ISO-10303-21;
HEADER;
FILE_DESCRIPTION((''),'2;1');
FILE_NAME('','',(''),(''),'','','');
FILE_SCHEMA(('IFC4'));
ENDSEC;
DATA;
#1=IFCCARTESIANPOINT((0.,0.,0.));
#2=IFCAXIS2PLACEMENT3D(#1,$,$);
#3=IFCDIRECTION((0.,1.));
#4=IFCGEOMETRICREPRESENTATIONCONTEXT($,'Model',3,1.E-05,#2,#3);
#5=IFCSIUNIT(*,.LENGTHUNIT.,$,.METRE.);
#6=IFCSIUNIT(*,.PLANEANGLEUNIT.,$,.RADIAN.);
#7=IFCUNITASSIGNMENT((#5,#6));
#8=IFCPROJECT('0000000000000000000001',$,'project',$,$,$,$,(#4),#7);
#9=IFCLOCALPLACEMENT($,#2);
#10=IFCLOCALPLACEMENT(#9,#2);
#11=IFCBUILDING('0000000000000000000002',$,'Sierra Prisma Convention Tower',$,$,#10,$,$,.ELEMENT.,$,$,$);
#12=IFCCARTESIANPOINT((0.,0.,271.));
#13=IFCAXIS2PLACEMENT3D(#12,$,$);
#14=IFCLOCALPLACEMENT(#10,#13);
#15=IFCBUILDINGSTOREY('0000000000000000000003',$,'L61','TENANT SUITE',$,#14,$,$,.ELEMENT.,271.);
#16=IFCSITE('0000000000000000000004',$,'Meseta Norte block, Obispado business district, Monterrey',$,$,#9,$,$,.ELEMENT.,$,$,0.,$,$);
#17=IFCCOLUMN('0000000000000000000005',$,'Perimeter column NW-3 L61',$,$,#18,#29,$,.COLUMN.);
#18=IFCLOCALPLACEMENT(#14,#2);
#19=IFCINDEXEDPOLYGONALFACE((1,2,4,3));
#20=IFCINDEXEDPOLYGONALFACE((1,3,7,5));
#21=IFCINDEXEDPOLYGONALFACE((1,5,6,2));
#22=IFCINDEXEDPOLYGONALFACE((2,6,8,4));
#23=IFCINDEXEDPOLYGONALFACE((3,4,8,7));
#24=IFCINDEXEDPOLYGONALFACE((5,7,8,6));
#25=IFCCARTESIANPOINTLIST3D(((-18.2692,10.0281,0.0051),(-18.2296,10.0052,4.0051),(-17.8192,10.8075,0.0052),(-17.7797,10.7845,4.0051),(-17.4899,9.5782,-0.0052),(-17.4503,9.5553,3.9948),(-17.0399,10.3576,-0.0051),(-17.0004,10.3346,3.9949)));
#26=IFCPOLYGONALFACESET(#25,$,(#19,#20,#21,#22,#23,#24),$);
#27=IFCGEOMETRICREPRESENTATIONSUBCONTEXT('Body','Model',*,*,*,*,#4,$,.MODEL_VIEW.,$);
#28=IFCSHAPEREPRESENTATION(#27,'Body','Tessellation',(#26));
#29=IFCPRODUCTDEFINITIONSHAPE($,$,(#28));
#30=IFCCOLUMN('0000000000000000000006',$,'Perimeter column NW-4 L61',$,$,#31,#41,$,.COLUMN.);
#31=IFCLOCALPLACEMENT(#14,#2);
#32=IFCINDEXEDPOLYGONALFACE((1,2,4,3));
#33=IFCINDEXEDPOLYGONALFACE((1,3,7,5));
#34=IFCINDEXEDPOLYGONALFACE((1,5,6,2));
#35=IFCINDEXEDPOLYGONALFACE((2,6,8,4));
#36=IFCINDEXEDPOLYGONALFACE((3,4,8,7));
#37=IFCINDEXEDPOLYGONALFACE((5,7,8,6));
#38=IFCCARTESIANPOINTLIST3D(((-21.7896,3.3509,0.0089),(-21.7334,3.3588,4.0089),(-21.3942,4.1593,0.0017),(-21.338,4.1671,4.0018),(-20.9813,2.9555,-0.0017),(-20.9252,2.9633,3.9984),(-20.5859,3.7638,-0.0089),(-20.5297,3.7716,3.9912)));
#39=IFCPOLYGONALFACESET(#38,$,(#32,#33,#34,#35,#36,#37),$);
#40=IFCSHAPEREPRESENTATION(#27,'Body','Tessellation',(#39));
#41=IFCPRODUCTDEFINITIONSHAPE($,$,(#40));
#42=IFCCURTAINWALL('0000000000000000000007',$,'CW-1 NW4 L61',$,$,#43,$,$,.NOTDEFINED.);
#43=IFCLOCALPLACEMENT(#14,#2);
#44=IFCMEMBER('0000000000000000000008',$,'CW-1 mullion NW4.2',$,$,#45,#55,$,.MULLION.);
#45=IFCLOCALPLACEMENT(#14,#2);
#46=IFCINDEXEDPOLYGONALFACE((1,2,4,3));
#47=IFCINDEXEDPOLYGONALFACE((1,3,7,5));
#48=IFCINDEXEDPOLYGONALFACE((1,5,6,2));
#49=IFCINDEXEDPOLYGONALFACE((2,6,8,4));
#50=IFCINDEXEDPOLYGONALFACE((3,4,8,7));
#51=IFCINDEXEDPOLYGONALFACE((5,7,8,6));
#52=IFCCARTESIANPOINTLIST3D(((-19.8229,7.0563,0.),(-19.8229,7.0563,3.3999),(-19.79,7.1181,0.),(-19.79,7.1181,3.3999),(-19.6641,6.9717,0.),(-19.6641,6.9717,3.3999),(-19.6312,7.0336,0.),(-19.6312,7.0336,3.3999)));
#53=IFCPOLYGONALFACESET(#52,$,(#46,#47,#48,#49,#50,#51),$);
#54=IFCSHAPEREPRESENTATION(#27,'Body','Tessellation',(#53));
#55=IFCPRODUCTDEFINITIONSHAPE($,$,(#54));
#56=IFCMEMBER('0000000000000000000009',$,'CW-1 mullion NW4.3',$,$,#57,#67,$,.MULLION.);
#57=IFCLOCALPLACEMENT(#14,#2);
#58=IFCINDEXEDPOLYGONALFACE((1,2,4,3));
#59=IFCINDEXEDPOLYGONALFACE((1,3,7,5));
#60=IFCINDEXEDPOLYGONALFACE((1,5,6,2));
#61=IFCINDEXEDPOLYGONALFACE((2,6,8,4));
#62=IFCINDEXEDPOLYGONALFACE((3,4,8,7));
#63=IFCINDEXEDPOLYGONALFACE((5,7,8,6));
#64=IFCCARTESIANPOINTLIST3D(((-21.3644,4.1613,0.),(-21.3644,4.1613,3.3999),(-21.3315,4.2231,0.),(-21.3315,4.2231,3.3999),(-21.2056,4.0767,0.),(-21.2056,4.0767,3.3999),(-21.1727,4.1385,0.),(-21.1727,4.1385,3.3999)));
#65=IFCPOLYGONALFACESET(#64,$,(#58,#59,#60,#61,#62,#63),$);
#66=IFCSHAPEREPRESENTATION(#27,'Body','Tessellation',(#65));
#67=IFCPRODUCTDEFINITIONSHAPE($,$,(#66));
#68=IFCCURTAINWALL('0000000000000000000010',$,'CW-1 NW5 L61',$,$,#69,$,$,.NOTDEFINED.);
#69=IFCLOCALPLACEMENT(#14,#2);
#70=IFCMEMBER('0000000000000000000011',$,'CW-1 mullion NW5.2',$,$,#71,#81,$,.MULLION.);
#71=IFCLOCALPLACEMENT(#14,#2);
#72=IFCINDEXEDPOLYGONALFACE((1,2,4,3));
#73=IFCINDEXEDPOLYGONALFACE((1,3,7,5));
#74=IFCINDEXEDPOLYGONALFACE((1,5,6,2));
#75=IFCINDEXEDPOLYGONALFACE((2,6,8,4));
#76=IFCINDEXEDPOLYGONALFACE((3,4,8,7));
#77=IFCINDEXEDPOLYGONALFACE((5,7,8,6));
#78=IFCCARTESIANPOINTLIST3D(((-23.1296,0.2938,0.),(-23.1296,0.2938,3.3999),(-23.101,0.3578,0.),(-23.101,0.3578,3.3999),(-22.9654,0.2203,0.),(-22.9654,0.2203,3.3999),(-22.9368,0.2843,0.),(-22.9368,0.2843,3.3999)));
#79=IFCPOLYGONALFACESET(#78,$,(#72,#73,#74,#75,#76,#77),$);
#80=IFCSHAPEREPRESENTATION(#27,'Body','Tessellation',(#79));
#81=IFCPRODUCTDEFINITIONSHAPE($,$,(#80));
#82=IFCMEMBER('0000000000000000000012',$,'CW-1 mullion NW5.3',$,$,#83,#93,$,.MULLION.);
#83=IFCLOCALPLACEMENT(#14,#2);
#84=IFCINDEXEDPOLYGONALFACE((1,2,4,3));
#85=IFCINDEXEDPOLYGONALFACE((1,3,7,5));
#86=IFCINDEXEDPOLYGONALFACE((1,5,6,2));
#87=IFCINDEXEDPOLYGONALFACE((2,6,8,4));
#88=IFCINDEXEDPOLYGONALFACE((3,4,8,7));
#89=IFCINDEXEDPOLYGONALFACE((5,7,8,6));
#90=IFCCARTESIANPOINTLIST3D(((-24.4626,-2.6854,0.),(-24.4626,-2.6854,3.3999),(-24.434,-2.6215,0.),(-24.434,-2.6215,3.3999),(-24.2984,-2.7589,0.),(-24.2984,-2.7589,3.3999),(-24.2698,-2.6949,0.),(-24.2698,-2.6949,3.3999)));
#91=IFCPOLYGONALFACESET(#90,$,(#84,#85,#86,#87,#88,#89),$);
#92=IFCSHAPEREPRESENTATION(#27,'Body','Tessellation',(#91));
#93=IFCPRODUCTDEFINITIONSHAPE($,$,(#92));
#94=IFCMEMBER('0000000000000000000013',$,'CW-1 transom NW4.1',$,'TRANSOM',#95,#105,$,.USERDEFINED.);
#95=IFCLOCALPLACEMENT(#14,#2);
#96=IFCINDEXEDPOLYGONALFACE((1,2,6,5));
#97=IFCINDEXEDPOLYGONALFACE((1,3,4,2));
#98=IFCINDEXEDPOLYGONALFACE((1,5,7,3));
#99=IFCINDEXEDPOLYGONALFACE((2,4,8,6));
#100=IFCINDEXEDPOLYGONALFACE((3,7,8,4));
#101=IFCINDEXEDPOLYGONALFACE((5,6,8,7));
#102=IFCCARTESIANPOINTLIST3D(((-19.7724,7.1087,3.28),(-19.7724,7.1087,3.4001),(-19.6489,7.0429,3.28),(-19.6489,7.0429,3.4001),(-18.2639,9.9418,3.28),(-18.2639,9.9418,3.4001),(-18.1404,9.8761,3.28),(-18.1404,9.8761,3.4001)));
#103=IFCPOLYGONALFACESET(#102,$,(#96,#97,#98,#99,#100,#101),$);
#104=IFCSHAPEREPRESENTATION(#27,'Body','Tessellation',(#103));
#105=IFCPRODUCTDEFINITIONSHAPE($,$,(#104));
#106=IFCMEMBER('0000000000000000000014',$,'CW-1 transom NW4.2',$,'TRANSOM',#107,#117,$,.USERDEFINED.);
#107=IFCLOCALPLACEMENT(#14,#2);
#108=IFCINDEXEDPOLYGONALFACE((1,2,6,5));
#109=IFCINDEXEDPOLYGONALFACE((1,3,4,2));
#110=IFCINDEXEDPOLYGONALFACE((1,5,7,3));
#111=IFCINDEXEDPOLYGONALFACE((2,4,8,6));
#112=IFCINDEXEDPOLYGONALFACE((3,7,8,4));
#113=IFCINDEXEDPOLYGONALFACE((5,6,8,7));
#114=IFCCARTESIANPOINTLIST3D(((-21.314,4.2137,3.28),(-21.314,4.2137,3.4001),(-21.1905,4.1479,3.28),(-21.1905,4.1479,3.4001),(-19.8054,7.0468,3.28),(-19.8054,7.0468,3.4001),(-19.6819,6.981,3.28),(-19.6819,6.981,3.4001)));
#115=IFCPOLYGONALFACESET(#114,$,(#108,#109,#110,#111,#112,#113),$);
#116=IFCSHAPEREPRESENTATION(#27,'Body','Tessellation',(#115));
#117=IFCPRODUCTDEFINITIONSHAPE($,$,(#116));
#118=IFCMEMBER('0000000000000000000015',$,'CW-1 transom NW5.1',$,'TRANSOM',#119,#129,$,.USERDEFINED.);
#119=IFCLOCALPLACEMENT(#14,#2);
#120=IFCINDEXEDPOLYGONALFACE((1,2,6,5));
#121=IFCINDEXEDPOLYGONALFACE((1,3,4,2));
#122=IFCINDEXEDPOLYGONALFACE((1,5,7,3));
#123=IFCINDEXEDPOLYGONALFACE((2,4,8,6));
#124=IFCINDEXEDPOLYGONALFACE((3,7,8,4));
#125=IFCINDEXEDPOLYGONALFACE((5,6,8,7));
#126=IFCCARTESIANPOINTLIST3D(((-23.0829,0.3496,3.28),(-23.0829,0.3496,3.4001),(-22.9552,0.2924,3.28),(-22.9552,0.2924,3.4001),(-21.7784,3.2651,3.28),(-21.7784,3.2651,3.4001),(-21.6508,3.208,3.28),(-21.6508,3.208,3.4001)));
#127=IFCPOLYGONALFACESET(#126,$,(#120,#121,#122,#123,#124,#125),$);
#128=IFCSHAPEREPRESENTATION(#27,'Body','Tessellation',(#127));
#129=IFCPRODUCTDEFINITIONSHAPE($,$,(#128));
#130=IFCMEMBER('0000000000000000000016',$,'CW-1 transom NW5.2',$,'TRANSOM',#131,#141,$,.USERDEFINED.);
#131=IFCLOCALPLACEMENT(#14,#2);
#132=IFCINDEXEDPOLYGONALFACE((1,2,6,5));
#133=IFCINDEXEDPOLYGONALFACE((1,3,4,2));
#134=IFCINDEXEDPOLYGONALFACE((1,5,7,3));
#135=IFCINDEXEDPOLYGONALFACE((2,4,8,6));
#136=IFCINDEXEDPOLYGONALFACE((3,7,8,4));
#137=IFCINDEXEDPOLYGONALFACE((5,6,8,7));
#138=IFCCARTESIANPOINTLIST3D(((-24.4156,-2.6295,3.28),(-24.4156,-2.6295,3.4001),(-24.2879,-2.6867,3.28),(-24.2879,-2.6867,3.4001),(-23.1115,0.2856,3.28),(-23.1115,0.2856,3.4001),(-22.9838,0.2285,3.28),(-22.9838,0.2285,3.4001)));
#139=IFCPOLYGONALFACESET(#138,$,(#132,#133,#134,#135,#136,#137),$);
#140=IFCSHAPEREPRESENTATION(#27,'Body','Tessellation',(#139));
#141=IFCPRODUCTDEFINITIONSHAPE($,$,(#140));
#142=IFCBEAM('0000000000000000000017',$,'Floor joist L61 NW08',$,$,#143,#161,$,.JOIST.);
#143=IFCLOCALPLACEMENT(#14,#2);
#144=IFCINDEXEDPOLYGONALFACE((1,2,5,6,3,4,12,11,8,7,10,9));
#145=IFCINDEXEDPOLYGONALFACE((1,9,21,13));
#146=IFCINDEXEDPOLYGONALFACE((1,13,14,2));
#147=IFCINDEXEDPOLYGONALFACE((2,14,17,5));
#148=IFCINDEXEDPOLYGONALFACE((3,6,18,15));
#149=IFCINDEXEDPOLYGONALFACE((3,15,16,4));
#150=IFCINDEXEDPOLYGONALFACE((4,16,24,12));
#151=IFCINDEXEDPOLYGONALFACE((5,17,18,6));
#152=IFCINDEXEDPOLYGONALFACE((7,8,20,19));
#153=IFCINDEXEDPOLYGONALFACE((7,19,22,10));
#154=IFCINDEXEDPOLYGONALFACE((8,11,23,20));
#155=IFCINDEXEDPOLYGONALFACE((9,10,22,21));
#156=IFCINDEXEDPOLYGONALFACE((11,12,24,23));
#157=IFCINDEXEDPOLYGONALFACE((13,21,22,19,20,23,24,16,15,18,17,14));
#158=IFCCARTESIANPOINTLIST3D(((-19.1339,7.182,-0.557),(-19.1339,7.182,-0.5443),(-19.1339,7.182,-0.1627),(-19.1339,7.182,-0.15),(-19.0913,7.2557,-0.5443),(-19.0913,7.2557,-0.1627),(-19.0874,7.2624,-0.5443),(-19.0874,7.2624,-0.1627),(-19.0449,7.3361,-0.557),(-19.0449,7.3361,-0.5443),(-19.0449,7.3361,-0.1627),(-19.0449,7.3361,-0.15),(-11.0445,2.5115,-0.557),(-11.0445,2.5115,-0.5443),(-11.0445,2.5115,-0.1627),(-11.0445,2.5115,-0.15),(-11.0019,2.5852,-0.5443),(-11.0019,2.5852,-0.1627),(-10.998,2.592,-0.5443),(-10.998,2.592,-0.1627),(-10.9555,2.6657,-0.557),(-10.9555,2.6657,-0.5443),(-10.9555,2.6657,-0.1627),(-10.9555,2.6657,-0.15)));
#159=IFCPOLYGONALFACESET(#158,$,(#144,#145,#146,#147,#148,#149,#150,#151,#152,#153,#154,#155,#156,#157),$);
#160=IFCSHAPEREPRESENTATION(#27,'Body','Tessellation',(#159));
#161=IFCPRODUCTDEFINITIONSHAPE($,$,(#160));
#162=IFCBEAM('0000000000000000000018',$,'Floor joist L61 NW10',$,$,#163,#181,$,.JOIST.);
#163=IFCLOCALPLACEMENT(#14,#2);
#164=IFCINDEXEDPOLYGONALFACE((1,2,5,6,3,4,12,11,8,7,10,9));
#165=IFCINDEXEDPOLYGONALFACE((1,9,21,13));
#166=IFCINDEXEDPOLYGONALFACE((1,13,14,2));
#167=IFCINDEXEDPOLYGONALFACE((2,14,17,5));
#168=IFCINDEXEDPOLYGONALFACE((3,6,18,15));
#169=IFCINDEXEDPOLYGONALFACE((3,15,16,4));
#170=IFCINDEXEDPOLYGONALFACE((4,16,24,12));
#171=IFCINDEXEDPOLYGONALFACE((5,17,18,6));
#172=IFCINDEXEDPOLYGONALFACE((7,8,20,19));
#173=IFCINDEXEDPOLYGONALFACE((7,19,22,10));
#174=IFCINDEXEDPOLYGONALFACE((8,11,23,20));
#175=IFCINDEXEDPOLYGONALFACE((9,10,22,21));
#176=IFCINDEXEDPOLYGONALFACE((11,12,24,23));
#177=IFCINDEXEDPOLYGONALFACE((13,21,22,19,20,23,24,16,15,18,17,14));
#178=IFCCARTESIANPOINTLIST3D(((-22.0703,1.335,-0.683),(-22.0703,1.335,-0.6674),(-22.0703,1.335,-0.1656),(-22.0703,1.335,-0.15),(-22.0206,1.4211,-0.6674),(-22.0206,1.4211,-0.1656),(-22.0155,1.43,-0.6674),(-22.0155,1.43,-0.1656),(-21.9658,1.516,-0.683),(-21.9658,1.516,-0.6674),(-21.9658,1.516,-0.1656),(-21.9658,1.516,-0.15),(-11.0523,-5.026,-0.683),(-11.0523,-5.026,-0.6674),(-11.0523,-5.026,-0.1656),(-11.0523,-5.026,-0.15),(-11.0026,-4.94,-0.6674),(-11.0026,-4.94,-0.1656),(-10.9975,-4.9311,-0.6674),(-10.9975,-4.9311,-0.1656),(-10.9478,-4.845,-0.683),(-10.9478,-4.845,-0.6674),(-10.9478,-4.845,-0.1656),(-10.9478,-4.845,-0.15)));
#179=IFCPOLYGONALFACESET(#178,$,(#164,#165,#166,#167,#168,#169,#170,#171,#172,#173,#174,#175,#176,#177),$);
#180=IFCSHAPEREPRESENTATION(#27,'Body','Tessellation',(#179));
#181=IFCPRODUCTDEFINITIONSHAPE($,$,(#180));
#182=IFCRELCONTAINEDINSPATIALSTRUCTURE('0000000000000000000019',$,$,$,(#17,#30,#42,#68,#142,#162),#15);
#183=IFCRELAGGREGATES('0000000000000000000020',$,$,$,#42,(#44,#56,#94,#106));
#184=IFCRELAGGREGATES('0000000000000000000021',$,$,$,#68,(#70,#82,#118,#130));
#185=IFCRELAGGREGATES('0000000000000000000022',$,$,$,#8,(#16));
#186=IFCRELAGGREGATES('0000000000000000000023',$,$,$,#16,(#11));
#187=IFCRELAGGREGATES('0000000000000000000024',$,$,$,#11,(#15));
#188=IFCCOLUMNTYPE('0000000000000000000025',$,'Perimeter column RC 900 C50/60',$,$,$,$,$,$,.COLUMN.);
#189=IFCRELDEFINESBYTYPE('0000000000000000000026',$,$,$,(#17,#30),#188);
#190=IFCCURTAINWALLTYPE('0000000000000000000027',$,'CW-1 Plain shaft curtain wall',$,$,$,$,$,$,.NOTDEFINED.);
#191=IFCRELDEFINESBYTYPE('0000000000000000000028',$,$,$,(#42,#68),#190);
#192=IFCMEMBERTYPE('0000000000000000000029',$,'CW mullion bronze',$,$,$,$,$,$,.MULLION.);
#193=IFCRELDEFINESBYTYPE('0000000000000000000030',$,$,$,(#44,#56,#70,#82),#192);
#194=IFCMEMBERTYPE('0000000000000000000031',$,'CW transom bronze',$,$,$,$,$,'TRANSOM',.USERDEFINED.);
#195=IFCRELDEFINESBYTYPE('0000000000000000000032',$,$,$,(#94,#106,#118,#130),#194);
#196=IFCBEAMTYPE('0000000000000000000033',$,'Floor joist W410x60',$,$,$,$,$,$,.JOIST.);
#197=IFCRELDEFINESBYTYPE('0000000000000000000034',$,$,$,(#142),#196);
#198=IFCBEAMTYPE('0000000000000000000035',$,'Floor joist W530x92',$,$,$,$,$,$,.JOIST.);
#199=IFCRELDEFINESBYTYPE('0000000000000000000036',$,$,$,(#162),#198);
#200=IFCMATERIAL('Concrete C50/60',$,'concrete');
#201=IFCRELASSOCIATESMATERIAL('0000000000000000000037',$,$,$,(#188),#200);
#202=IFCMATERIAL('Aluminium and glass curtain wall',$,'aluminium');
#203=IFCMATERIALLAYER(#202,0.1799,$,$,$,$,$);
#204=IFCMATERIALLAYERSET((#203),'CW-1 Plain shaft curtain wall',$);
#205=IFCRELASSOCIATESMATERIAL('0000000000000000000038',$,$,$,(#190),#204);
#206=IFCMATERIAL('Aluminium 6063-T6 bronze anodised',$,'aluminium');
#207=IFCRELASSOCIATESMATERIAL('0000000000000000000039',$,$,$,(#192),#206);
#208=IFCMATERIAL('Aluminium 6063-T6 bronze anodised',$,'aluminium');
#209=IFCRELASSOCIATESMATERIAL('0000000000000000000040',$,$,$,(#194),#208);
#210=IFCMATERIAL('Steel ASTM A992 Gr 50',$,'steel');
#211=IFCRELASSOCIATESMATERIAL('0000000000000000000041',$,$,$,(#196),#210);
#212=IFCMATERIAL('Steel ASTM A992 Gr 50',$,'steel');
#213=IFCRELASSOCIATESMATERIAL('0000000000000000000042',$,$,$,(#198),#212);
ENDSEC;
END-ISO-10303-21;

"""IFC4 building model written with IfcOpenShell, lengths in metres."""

from ifc_helpers import new_model, si_unit, direction, frame, origin, origin_2d, place, context, subcontext, project, spatial, rectangle, i_section, extrude, material, layer, layer_set, material_profile, profile_set, type_object, element, aggregate, save


model = new_model("IFC4")

# Units and contexts
model_context = context("Model", 3, precision=1e-05, world=origin(), true_north=direction((0.0, 1.0)))
body_context = subcontext(model_context, "Body", "Model", "MODEL_VIEW")
ifc_project = project(units=[si_unit("LENGTHUNIT", "METRE"), si_unit("PLANEANGLEUNIT", "RADIAN")], contexts=[model_context])

# Site, building, storey
site_placement = place(None, origin())
site = spatial("IfcSite", under=ifc_project, at=site_placement, Name="Meseta Norte block, Obispado business district, Monterrey", CompositionType="ELEMENT", RefElevation=0.0)
building_placement = place(site_placement, origin())
building = spatial("IfcBuilding", under=site, at=building_placement, Name="Sierra Prisma Convention Tower", CompositionType="ELEMENT")
storey_placement = place(building_placement, frame((0.0, 0.0, 271.0)))
storey = spatial("IfcBuildingStorey", under=building, at=storey_placement, Name="L61", Description="TENANT SUITE", CompositionType="ELEMENT", Elevation=271.0)

# Columns
ifc_material_1 = material(Name="Concrete C50/60", Category="concrete")
ifc_material_profile_1 = material_profile(ifc_material_1, rectangle(XDim=0.8999, YDim=0.8999, at=origin_2d()), Name="Perimeter column RC 900 C50/60")
ifc_profile_set_1 = profile_set([ifc_material_profile_1], Name="Concrete C50/60")
column_type = type_object("IfcColumnType", Name="Perimeter column RC 900 C50/60", PredefinedType="COLUMN", material=ifc_profile_set_1)
column_1_placement = place(storey_placement, frame((-17.6545, 10.1929, 0.0), z_axis=(0.009887, -0.005737, 0.999935), x_axis=(0.499976, 0.86604, 0.000025)))
element("IfcColumn", 1, at=column_1_placement, inside=storey, type_object=column_type, Name="Perimeter column NW-3 L61", PredefinedType="COLUMN", context=body_context, shape_type="SweptSolid", body=[
    extrude(rectangle(XDim=0.8999, YDim=0.8999, at=origin_2d()), origin(), (0.0, 0.0, 1.0), 4.0002),
])
column_2_placement = place(storey_placement, frame((-21.1877, 3.5574, 0.0), z_axis=(0.014037, 0.001953, 0.9999), x_axis=(0.43941, 0.898252, -0.007923)))
element("IfcColumn", 2, at=column_2_placement, inside=storey, type_object=column_type, Name="Perimeter column NW-4 L61", PredefinedType="COLUMN", context=body_context, shape_type="SweptSolid", body=[
    extrude(rectangle(XDim=0.8999, YDim=0.8999, at=origin_2d()), origin(), (0.0, 0.0, 1.0), 4.0005),
])

# Curtain walls, members
ifc_material_2 = material(Name="Aluminium and glass curtain wall", Category="aluminium")
ifc_layer_1 = layer(ifc_material_2, 0.1799)
ifc_layer_set_1 = layer_set([ifc_layer_1], Name="CW-1 Plain shaft curtain wall")
curtain_wall_type = type_object("IfcCurtainWallType", Name="CW-1 Plain shaft curtain wall", PredefinedType="NOTDEFINED", material=ifc_layer_set_1)
curtain_wall_1_placement = place(storey_placement, origin())
curtain_wall_1 = element("IfcCurtainWall", 3, at=curtain_wall_1_placement, inside=storey, type_object=curtain_wall_type, Name="CW-1 NW4 L61", PredefinedType="NOTDEFINED")
ifc_material_3 = material(Name="Aluminium 6063-T6 bronze anodised", Category="aluminium")
ifc_material_profile_2 = material_profile(ifc_material_3, rectangle(XDim=0.1799, YDim=0.0701, at=origin_2d()), Name="ALU MULLION 70x180")
ifc_profile_set_2 = profile_set([ifc_material_profile_2], Name="Aluminium 6063-T6 bronze anodised")
member_type_1 = type_object("IfcMemberType", Name="CW mullion bronze", PredefinedType="MULLION", material=ifc_profile_set_2)
member_1_placement = place(storey_placement, frame((-19.7271, 7.0449, 0.0), z_axis=(0.0, 0.0, 1.0), x_axis=(0.882665, -0.470003, 0.0)))
member_1 = element("IfcMember", 4, at=member_1_placement, type_object=member_type_1, Name="CW-1 mullion NW4.2", PredefinedType="MULLION", context=body_context, shape_type="SweptSolid", body=[
    extrude(rectangle(XDim=0.1799, YDim=0.0701, at=origin_2d()), origin(), (0.0, 0.0, 1.0), 3.3999),
])
member_2_placement = place(storey_placement, frame((-21.2686, 4.1499, 0.0), z_axis=(0.0, 0.0, 1.0), x_axis=(0.882665, -0.470003, 0.0)))
member_2 = element("IfcMember", 5, at=member_2_placement, type_object=member_type_1, Name="CW-1 mullion NW4.3", PredefinedType="MULLION", context=body_context, shape_type="SweptSolid", body=[
    extrude(rectangle(XDim=0.1799, YDim=0.0701, at=origin_2d()), origin(), (0.0, 0.0, 1.0), 3.3999),
])
curtain_wall_2_placement = place(storey_placement, origin())
curtain_wall_2 = element("IfcCurtainWall", 6, at=curtain_wall_2_placement, inside=storey, type_object=curtain_wall_type, Name="CW-1 NW5 L61", PredefinedType="NOTDEFINED")
member_3_placement = place(storey_placement, frame((-23.0332, 0.2891, 0.0), z_axis=(0.0, 0.0, 1.0), x_axis=(0.912809, -0.408386, 0.0)))
member_3 = element("IfcMember", 7, at=member_3_placement, type_object=member_type_1, Name="CW-1 mullion NW5.2", PredefinedType="MULLION", context=body_context, shape_type="SweptSolid", body=[
    extrude(rectangle(XDim=0.1799, YDim=0.0701, at=origin_2d()), origin(), (0.0, 0.0, 1.0), 3.3999),
])
member_4_placement = place(storey_placement, frame((-24.3662, -2.6902, 0.0), z_axis=(0.0, 0.0, 1.0), x_axis=(0.912809, -0.408386, 0.0)))
member_4 = element("IfcMember", 8, at=member_4_placement, type_object=member_type_1, Name="CW-1 mullion NW5.3", PredefinedType="MULLION", context=body_context, shape_type="SweptSolid", body=[
    extrude(rectangle(XDim=0.1799, YDim=0.0701, at=origin_2d()), origin(), (0.0, 0.0, 1.0), 3.3999),
])

# Members
ifc_material_4 = material(Name="Aluminium 6063-T6 bronze anodised", Category="aluminium")
ifc_material_profile_3 = material_profile(ifc_material_4, rectangle(XDim=0.1399, YDim=0.1201, at=origin_2d()), Name="ALU TRANSOM 120x140")
ifc_profile_set_3 = profile_set([ifc_material_profile_3], Name="Aluminium 6063-T6 bronze anodised")
member_type_2 = type_object("IfcMemberType", Name="CW transom bronze", ElementType="TRANSOM", PredefinedType="USERDEFINED", material=ifc_profile_set_3)
member_5_placement = place(storey_placement, frame((-18.2021, 9.9089, 3.3401), z_axis=(-0.469976, -0.882679, 0.0), x_axis=(0.882679, -0.469976, 0.0)))
member_5 = element("IfcMember", 9, at=member_5_placement, type_object=member_type_2, Name="CW-1 transom NW4.1", ObjectType="TRANSOM", PredefinedType="USERDEFINED", context=body_context, shape_type="SweptSolid", body=[
    extrude(rectangle(XDim=0.1399, YDim=0.1201, at=origin_2d()), origin(), (0.0, 0.0, 1.0), 3.2097),
])
member_6_placement = place(storey_placement, frame((-19.7437, 7.0139, 3.3401), z_axis=(-0.470008, -0.882662, 0.0), x_axis=(0.882662, -0.470008, 0.0)))
member_6 = element("IfcMember", 10, at=member_6_placement, type_object=member_type_2, Name="CW-1 transom NW4.2", ObjectType="TRANSOM", PredefinedType="USERDEFINED", context=body_context, shape_type="SweptSolid", body=[
    extrude(rectangle(XDim=0.1399, YDim=0.1201, at=origin_2d()), origin(), (0.0, 0.0, 1.0), 3.2097),
])
member_7_placement = place(storey_placement, frame((-21.7146, 3.2366, 3.3401), z_axis=(-0.4084, -0.912803, 0.0), x_axis=(0.912803, -0.4084, 0.0)))
member_7 = element("IfcMember", 11, at=member_7_placement, type_object=member_type_2, Name="CW-1 transom NW5.1", ObjectType="TRANSOM", PredefinedType="USERDEFINED", context=body_context, shape_type="SweptSolid", body=[
    extrude(rectangle(XDim=0.1399, YDim=0.1201, at=origin_2d()), origin(), (0.0, 0.0, 1.0), 3.1941),
])
member_8_placement = place(storey_placement, frame((-23.0476, 0.2571, 3.3401), z_axis=(-0.408364, -0.912819, 0.0), x_axis=(0.912819, -0.408364, 0.0)))
member_8 = element("IfcMember", 12, at=member_8_placement, type_object=member_type_2, Name="CW-1 transom NW5.2", ObjectType="TRANSOM", PredefinedType="USERDEFINED", context=body_context, shape_type="SweptSolid", body=[
    extrude(rectangle(XDim=0.1399, YDim=0.1201, at=origin_2d()), origin(), (0.0, 0.0, 1.0), 3.1936),
])

# Beams
ifc_material_5 = material(Name="Steel ASTM A992 Gr 50", Category="steel")
ifc_material_profile_4 = material_profile(ifc_material_5, i_section(OverallWidth=0.178, OverallDepth=0.407, WebThickness=0.0078, FlangeThickness=0.0127, at=origin_2d()), Name="W410x60")
ifc_profile_set_4 = profile_set([ifc_material_profile_4], Name="Steel ASTM A992 Gr 50")
beam_type_1 = type_object("IfcBeamType", Name="Floor joist W410x60", PredefinedType="JOIST", material=ifc_profile_set_4)
beam_1_placement = place(storey_placement, frame((-19.0894, 7.259, -0.3535), z_axis=(0.866025, -0.500001, 0.0), x_axis=(0.500001, 0.866025, 0.0)))
element("IfcBeam", 13, at=beam_1_placement, inside=storey, type_object=beam_type_1, Name="Floor joist L61 NW08", PredefinedType="JOIST", context=body_context, shape_type="SweptSolid", body=[
    extrude(i_section(OverallWidth=0.178, OverallDepth=0.407, WebThickness=0.0078, FlangeThickness=0.0127, at=origin_2d()), origin(), (0.0, 0.0, 1.0), 9.3408),
])
ifc_material_6 = material(Name="Steel ASTM A992 Gr 50", Category="steel")
ifc_material_profile_5 = material_profile(ifc_material_6, i_section(OverallWidth=0.209, OverallDepth=0.533, WebThickness=0.0103, FlangeThickness=0.0156, at=origin_2d()), Name="W530x92")
ifc_profile_set_5 = profile_set([ifc_material_profile_5], Name="Steel ASTM A992 Gr 50")
beam_type_2 = type_object("IfcBeamType", Name="Floor joist W530x92", PredefinedType="JOIST", material=ifc_profile_set_5)
beam_2_placement = place(storey_placement, frame((-22.0181, 1.4255, -0.4165), z_axis=(0.866032, -0.499988, 0.0), x_axis=(0.499988, 0.866032, 0.0)))
element("IfcBeam", 14, at=beam_2_placement, inside=storey, type_object=beam_type_2, Name="Floor joist L61 NW10", PredefinedType="JOIST", context=body_context, shape_type="SweptSolid", body=[
    extrude(i_section(OverallWidth=0.209, OverallDepth=0.533, WebThickness=0.0103, FlangeThickness=0.0156, at=origin_2d()), origin(), (0.0, 0.0, 1.0), 12.7224),
])

aggregate(curtain_wall_1, [member_1, member_2, member_5, member_6])
aggregate(curtain_wall_2, [member_3, member_4, member_7, member_8])

save(model, "model.ifc")
